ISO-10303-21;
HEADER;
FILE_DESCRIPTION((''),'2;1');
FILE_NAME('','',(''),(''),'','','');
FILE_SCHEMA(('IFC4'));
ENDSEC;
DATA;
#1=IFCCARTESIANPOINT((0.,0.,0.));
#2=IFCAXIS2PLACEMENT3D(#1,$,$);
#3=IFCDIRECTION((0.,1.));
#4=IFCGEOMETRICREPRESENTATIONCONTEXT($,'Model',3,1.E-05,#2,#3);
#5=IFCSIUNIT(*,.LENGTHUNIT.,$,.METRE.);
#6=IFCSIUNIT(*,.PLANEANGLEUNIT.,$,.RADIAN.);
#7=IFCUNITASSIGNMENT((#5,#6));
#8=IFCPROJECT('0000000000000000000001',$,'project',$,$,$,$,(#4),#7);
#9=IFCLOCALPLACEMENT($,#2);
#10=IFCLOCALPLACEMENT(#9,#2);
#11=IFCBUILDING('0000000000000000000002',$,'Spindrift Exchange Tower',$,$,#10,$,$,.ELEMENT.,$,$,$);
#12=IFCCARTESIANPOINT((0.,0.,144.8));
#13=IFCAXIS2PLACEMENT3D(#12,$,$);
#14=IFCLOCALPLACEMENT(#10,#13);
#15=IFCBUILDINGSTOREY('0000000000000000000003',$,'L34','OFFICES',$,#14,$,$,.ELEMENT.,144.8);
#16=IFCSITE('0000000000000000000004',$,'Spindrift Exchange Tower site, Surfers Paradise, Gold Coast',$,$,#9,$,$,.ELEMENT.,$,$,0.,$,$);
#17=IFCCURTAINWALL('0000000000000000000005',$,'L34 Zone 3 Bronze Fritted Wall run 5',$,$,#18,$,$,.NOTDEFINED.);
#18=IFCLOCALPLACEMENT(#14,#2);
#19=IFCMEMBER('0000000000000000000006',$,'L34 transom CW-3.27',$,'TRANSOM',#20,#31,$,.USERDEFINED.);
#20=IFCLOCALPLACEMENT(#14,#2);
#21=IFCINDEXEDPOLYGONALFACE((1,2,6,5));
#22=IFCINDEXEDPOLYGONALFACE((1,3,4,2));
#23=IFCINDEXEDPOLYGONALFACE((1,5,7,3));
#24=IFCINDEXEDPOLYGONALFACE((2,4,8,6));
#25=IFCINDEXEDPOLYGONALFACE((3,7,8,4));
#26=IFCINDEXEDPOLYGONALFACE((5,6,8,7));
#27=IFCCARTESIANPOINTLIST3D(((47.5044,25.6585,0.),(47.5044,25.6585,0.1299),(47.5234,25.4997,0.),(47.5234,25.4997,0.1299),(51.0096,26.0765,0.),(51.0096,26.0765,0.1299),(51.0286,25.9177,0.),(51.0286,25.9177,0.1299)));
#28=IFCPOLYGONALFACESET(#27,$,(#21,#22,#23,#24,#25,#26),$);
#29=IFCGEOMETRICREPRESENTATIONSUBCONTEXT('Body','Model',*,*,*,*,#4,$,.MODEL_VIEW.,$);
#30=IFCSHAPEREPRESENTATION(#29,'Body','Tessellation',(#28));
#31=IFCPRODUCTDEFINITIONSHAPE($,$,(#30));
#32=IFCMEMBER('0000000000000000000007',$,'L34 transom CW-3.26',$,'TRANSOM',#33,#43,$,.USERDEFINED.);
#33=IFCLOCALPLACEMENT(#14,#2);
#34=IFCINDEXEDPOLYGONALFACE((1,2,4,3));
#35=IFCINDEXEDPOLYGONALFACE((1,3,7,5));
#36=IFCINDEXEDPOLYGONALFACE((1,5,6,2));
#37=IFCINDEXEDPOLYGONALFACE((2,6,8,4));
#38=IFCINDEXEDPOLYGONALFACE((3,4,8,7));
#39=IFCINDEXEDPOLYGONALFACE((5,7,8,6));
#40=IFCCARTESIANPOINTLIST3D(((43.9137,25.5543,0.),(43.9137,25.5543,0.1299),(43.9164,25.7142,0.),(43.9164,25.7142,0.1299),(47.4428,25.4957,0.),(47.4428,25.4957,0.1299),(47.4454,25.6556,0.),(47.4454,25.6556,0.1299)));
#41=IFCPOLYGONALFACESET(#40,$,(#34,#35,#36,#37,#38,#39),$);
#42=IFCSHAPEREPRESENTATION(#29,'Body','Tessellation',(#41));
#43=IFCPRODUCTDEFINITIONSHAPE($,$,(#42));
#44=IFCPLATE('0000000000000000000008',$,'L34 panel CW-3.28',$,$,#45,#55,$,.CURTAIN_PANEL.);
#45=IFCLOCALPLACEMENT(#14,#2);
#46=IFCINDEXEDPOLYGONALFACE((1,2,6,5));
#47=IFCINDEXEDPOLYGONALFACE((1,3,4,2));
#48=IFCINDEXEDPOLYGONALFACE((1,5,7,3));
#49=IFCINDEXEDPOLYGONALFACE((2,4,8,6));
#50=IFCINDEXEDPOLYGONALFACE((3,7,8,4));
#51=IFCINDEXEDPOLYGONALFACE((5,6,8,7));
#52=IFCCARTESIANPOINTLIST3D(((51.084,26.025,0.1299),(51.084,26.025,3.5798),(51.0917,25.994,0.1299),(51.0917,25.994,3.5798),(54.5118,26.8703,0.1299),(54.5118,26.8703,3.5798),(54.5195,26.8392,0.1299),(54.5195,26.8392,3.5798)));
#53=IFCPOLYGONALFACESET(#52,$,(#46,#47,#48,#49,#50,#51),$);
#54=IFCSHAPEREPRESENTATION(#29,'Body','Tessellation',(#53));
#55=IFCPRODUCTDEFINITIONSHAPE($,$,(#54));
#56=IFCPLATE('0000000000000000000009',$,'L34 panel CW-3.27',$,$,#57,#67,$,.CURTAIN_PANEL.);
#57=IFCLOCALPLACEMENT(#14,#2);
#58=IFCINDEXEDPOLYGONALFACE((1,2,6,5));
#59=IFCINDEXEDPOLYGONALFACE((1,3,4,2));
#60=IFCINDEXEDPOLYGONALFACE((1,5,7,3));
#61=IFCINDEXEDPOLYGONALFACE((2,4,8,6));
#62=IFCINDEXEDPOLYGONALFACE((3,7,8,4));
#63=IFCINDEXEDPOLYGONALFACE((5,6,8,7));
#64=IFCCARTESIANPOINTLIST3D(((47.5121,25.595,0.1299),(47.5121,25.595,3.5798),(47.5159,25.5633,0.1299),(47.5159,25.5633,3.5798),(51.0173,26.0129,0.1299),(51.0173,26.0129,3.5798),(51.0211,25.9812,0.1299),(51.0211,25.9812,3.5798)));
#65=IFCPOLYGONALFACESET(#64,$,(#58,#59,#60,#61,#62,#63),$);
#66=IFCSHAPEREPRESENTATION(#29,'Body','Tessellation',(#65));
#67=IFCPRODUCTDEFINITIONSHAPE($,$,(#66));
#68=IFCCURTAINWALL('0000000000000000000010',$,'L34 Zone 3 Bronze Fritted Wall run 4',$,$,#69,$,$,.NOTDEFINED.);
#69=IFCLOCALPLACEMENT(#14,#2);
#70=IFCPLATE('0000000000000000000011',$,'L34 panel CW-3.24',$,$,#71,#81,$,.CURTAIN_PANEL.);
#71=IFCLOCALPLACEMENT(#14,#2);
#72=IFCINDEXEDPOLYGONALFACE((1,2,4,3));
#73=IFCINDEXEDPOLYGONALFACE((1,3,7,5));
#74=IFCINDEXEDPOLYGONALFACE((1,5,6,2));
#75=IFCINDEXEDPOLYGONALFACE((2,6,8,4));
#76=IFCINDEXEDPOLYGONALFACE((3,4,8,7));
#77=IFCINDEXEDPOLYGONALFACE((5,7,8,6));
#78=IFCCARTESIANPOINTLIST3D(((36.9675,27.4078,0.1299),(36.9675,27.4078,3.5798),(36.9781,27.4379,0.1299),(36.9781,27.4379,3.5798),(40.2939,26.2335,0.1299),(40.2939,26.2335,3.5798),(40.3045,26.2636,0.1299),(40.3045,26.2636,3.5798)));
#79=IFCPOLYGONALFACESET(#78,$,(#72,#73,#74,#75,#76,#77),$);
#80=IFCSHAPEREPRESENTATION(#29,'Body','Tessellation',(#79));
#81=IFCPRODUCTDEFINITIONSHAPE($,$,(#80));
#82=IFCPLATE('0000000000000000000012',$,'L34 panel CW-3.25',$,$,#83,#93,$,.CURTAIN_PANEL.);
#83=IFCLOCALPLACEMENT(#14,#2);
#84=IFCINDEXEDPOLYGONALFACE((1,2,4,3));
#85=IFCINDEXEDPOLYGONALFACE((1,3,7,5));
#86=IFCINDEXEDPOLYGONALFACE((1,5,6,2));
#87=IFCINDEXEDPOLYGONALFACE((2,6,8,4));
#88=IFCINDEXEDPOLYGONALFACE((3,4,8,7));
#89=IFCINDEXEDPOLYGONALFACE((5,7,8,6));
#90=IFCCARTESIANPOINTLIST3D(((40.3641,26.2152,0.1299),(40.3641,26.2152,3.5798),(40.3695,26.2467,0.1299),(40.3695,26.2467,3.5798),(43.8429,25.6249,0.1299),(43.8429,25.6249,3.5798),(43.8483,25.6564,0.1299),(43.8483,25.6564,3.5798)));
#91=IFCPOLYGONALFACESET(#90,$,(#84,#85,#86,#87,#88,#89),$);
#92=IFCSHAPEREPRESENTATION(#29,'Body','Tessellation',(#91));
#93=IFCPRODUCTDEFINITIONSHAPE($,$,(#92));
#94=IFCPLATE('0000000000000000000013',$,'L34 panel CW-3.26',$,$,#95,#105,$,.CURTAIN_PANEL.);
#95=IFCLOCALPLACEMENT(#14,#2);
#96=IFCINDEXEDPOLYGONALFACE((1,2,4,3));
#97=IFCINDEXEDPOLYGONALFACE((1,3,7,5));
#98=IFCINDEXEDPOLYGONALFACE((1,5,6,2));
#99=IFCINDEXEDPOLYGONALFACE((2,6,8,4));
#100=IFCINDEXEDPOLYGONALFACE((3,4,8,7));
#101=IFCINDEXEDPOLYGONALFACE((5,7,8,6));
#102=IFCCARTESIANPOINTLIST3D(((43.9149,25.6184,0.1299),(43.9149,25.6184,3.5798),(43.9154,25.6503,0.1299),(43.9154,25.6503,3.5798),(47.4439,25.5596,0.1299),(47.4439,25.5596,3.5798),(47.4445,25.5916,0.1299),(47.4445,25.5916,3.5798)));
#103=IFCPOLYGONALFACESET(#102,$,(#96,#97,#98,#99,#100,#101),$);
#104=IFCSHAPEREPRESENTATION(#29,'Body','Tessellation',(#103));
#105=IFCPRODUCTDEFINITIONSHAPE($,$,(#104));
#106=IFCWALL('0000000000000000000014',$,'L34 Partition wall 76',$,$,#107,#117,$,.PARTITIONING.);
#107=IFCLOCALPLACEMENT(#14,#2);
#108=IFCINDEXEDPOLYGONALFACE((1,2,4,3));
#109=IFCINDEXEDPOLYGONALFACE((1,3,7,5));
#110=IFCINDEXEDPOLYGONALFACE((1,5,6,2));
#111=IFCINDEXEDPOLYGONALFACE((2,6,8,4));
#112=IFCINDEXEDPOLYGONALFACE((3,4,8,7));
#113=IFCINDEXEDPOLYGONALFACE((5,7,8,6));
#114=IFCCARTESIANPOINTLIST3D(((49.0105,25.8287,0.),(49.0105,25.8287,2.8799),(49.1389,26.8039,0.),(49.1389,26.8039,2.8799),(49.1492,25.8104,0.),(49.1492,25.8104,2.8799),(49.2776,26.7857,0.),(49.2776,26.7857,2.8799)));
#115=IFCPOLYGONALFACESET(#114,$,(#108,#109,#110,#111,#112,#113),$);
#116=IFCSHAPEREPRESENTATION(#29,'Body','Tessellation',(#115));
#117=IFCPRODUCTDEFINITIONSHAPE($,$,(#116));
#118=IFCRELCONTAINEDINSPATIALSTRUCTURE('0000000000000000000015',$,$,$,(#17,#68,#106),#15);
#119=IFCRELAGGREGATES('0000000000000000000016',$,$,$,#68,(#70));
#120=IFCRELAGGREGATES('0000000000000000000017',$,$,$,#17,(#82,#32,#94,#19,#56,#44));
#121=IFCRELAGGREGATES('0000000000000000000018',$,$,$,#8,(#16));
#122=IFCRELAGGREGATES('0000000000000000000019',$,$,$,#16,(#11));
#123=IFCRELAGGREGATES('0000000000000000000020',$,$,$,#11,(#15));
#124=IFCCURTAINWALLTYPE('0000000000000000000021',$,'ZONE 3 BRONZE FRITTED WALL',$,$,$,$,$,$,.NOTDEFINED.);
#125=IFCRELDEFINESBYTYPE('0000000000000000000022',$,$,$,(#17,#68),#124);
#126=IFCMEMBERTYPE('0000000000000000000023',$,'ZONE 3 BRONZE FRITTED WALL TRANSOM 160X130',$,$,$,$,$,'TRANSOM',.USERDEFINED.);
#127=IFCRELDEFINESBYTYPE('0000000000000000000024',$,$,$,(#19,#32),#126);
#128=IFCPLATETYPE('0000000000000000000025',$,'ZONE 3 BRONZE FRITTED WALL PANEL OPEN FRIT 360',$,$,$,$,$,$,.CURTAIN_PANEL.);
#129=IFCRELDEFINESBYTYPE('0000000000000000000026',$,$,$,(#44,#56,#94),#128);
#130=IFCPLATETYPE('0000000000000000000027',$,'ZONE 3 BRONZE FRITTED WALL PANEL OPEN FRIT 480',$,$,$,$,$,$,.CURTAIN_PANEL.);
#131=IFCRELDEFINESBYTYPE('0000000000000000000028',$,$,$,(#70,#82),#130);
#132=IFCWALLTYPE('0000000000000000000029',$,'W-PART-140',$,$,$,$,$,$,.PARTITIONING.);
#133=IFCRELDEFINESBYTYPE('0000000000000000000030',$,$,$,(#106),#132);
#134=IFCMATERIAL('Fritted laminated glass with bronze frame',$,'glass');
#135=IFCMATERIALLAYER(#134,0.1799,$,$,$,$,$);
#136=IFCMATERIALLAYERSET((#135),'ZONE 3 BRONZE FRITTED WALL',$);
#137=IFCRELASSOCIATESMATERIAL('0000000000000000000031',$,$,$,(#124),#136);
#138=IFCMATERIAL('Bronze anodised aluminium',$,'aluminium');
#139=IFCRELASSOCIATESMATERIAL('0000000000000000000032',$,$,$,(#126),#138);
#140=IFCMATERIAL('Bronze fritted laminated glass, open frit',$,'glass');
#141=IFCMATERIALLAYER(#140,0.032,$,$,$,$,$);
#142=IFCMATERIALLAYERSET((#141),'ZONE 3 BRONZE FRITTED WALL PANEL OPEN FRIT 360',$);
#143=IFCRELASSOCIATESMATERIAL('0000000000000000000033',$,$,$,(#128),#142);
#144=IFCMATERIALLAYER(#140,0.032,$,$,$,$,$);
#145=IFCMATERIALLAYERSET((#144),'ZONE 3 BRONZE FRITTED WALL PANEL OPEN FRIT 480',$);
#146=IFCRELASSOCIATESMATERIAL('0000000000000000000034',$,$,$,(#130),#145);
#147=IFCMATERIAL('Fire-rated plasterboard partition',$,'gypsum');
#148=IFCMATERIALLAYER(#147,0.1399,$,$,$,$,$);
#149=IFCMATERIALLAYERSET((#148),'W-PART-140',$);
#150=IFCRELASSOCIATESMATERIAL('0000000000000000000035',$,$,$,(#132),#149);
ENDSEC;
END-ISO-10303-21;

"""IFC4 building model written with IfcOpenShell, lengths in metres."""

from ifc_helpers import new_model, si_unit, direction, frame, frame_2d, origin, origin_2d, place, context, subcontext, project, spatial, rectangle, extrude, source, transform, mapped, material, layer, layer_set, material_profile, profile_set, type_object, element, aggregate, save


model = new_model("IFC4")

# Units and contexts
model_context = context("Model", 3, precision=1e-05, world=origin(), true_north=direction((0.0, 1.0)))
body_context = subcontext(model_context, "Body", "Model", "MODEL_VIEW")
ifc_project = project(units=[si_unit("LENGTHUNIT", "METRE"), si_unit("PLANEANGLEUNIT", "RADIAN")], contexts=[model_context])

# Site, building, storey
site_placement = place(None, origin())
site = spatial("IfcSite", under=ifc_project, at=site_placement, Name="Spindrift Exchange Tower site, Surfers Paradise, Gold Coast", CompositionType="ELEMENT", RefElevation=0.0)
building_placement = place(site_placement, origin())
building = spatial("IfcBuilding", under=site, at=building_placement, Name="Spindrift Exchange Tower", CompositionType="ELEMENT")
storey_placement = place(building_placement, frame((0.0, 0.0, 144.8)))
storey = spatial("IfcBuildingStorey", under=building, at=storey_placement, Name="L34", Description="OFFICES", CompositionType="ELEMENT", Elevation=144.8)

# Curtain wall, members, plates
ifc_material_1 = material(Name="Fritted laminated glass with bronze frame", Category="glass")
ifc_layer_1 = layer(ifc_material_1, 0.1799)
ifc_layer_set_1 = layer_set([ifc_layer_1], Name="ZONE 3 BRONZE FRITTED WALL")
curtain_wall_type = type_object("IfcCurtainWallType", Name="ZONE 3 BRONZE FRITTED WALL", PredefinedType="NOTDEFINED", material=ifc_layer_set_1)
curtain_wall_1_placement = place(storey_placement, origin())
curtain_wall_1 = element("IfcCurtainWall", 1, at=curtain_wall_1_placement, inside=storey, type_object=curtain_wall_type, Name="L34 Zone 3 Bronze Fritted Wall run 5", PredefinedType="NOTDEFINED")
ifc_material_2 = material(Name="Bronze anodised aluminium", Category="aluminium")
ifc_material_profile_1 = material_profile(ifc_material_2, rectangle(XDim=0.1599, YDim=0.1299, at=origin_2d()), Name="ZONE 3 BRONZE FRITTED WALL TRANSOM 160X130")
ifc_profile_set_1 = profile_set([ifc_material_profile_1], Name="Bronze anodised aluminium")
member_type_1 = type_object("IfcMemberType", Name="ZONE 3 BRONZE FRITTED WALL TRANSOM 160X130", ElementType="TRANSOM", PredefinedType="USERDEFINED", material=ifc_profile_set_1)
shared_shape_1 = source(origin(), body_context, "Body", "SweptSolid", [
    extrude(rectangle(XDim=0.1599, YDim=0.1299, at=origin_2d()), origin(), (0.0, 0.0, 1.0), 3.53),
])
member_1_placement = place(storey_placement, frame((47.5139, 25.5791, 0.0649), z_axis=(0.992965, 0.118406, 0.0), x_axis=(-0.118406, 0.992965, 0.0)))
member_1 = element("IfcMember", 2, at=member_1_placement, type_object=member_type_1, Name="L34 transom CW-3.27", ObjectType="TRANSOM", PredefinedType="USERDEFINED", context=body_context, shape_type="MappedRepresentation", body=[
    mapped(shared_shape_1, transform((0.0, 0.0, 0.0), scale=1.0)),
])
shared_shape_2 = source(origin(), body_context, "Body", "SweptSolid", [
    extrude(rectangle(XDim=0.1599, YDim=0.1299, at=origin_2d()), origin(), (0.0, 0.0, 1.0), 3.5295),
])
member_2_placement = place(storey_placement, frame((43.915, 25.6343, 0.0649), z_axis=(0.999862, -0.016601, 0.0), x_axis=(0.016601, 0.999862, 0.0)))
member_2 = element("IfcMember", 3, at=member_2_placement, type_object=member_type_1, Name="L34 transom CW-3.26", ObjectType="TRANSOM", PredefinedType="USERDEFINED", context=body_context, shape_type="MappedRepresentation", body=[
    mapped(shared_shape_2, transform((0.0, 0.0, 0.0), scale=1.0)),
])
ifc_material_3 = material(Name="Bronze fritted laminated glass, open frit", Category="glass")
ifc_layer_2 = layer(ifc_material_3, 0.032)
ifc_layer_set_2 = layer_set([ifc_layer_2], Name="ZONE 3 BRONZE FRITTED WALL PANEL OPEN FRIT 360")
plate_type_1 = type_object("IfcPlateType", Name="ZONE 3 BRONZE FRITTED WALL PANEL OPEN FRIT 360", PredefinedType="CURTAIN_PANEL", material=ifc_layer_set_2)
shared_shape_3 = source(origin(), body_context, "Body", "SweptSolid", [
    extrude(rectangle(XDim=3.5305, YDim=0.032, at=origin_2d()), origin(), (0.0, 0.0, 1.0), 3.45),
])
plate_1_placement = place(storey_placement, frame((52.8018, 26.4321, 0.1299), z_axis=(0.0, 0.0, 1.0), x_axis=(0.970917, 0.239416, 0.0)))
plate_1 = element("IfcPlate", 4, at=plate_1_placement, type_object=plate_type_1, Name="L34 panel CW-3.28", PredefinedType="CURTAIN_PANEL", context=body_context, shape_type="MappedRepresentation", body=[
    mapped(shared_shape_3, transform((0.0, 0.0, 0.0), scale=1.0)),
])
shared_shape_4 = source(origin(), body_context, "Body", "SweptSolid", [
    extrude(rectangle(XDim=3.53, YDim=0.032, at=origin_2d()), origin(), (0.0, 0.0, 1.0), 3.45),
])
plate_2_placement = place(storey_placement, frame((49.2666, 25.7881, 0.1299), z_axis=(0.0, 0.0, 1.0), x_axis=(0.992968, 0.118385, 0.0)))
plate_2 = element("IfcPlate", 5, at=plate_2_placement, type_object=plate_type_1, Name="L34 panel CW-3.27", PredefinedType="CURTAIN_PANEL", context=body_context, shape_type="MappedRepresentation", body=[
    mapped(shared_shape_4, transform((0.0, 0.0, 0.0), scale=1.0)),
])

# Curtain wall, plate
curtain_wall_2_placement = place(storey_placement, origin())
curtain_wall_2 = element("IfcCurtainWall", 6, at=curtain_wall_2_placement, inside=storey, type_object=curtain_wall_type, Name="L34 Zone 3 Bronze Fritted Wall run 4", PredefinedType="NOTDEFINED")
ifc_layer_3 = layer(ifc_material_3, 0.032)
ifc_layer_set_3 = layer_set([ifc_layer_3], Name="ZONE 3 BRONZE FRITTED WALL PANEL OPEN FRIT 480")
plate_type_2 = type_object("IfcPlateType", Name="ZONE 3 BRONZE FRITTED WALL PANEL OPEN FRIT 480", PredefinedType="CURTAIN_PANEL", material=ifc_layer_set_3)
shared_shape_5 = source(origin(), body_context, "Body", "SweptSolid", [
    extrude(rectangle(XDim=3.5276, YDim=0.032, at=origin_2d()), origin(), (0.0, 0.0, 1.0), 3.45),
])
plate_3_placement = place(storey_placement, frame((38.636, 26.8357, 0.1299), z_axis=(0.0, 0.0, 1.0), x_axis=(0.942966, -0.33289, 0.0)))
plate_3 = element("IfcPlate", 7, at=plate_3_placement, type_object=plate_type_2, Name="L34 panel CW-3.24", PredefinedType="CURTAIN_PANEL", context=body_context, shape_type="MappedRepresentation", body=[
    mapped(shared_shape_5, transform((0.0, 0.0, 0.0), scale=1.0)),
])
aggregate(curtain_wall_2, [plate_3])

# Plates
shared_shape_6 = source(origin(), body_context, "Body", "SweptSolid", [
    extrude(rectangle(XDim=3.5286, YDim=0.032, at=origin_2d()), origin(), (0.0, 0.0, 1.0), 3.45),
])
plate_4_placement = place(storey_placement, frame((42.1062, 25.9358, 0.1299), z_axis=(0.0, 0.0, 1.0), x_axis=(0.985908, -0.167287, 0.0)))
plate_4 = element("IfcPlate", 8, at=plate_4_placement, type_object=plate_type_2, Name="L34 panel CW-3.25", PredefinedType="CURTAIN_PANEL", context=body_context, shape_type="MappedRepresentation", body=[
    mapped(shared_shape_6, transform((0.0, 0.0, 0.0), scale=1.0)),
])
shared_shape_7 = source(origin(), body_context, "Body", "SweptSolid", [
    extrude(rectangle(XDim=3.5295, YDim=0.032, at=origin_2d()), origin(), (0.0, 0.0, 1.0), 3.45),
])
plate_5_placement = place(storey_placement, frame((45.6797, 25.605, 0.1299), z_axis=(0.0, 0.0, 1.0), x_axis=(0.999862, -0.016641, 0.0)))
plate_5 = element("IfcPlate", 9, at=plate_5_placement, type_object=plate_type_1, Name="L34 panel CW-3.26", PredefinedType="CURTAIN_PANEL", context=body_context, shape_type="MappedRepresentation", body=[
    mapped(shared_shape_7, transform((0.0, 0.0, 0.0), scale=1.0)),
])
aggregate(curtain_wall_1, [plate_4, member_2, plate_5, member_1, plate_2, plate_1])

# Wall
ifc_material_4 = material(Name="Fire-rated plasterboard partition", Category="gypsum")
ifc_layer_4 = layer(ifc_material_4, 0.1399)
ifc_layer_set_4 = layer_set([ifc_layer_4], Name="W-PART-140")
wall_type = type_object("IfcWallType", Name="W-PART-140", PredefinedType="PARTITIONING", material=ifc_layer_set_4)
wall_placement = place(storey_placement, frame((49.2083, 26.7947, 0.0), z_axis=(0.0, 0.0, 1.0), x_axis=(-0.130538, -0.991443, 0.0)))
element("IfcWall", 10, at=wall_placement, inside=storey, type_object=wall_type, Name="L34 Partition wall 76", PredefinedType="PARTITIONING", context=body_context, shape_type="SweptSolid", body=[
    extrude(rectangle(XDim=0.9836, YDim=0.1399, at=frame_2d((0.4917, 0.0))), origin(), (0.0, 0.0, 1.0), 2.8799),
])

save(model, "model.ifc")
